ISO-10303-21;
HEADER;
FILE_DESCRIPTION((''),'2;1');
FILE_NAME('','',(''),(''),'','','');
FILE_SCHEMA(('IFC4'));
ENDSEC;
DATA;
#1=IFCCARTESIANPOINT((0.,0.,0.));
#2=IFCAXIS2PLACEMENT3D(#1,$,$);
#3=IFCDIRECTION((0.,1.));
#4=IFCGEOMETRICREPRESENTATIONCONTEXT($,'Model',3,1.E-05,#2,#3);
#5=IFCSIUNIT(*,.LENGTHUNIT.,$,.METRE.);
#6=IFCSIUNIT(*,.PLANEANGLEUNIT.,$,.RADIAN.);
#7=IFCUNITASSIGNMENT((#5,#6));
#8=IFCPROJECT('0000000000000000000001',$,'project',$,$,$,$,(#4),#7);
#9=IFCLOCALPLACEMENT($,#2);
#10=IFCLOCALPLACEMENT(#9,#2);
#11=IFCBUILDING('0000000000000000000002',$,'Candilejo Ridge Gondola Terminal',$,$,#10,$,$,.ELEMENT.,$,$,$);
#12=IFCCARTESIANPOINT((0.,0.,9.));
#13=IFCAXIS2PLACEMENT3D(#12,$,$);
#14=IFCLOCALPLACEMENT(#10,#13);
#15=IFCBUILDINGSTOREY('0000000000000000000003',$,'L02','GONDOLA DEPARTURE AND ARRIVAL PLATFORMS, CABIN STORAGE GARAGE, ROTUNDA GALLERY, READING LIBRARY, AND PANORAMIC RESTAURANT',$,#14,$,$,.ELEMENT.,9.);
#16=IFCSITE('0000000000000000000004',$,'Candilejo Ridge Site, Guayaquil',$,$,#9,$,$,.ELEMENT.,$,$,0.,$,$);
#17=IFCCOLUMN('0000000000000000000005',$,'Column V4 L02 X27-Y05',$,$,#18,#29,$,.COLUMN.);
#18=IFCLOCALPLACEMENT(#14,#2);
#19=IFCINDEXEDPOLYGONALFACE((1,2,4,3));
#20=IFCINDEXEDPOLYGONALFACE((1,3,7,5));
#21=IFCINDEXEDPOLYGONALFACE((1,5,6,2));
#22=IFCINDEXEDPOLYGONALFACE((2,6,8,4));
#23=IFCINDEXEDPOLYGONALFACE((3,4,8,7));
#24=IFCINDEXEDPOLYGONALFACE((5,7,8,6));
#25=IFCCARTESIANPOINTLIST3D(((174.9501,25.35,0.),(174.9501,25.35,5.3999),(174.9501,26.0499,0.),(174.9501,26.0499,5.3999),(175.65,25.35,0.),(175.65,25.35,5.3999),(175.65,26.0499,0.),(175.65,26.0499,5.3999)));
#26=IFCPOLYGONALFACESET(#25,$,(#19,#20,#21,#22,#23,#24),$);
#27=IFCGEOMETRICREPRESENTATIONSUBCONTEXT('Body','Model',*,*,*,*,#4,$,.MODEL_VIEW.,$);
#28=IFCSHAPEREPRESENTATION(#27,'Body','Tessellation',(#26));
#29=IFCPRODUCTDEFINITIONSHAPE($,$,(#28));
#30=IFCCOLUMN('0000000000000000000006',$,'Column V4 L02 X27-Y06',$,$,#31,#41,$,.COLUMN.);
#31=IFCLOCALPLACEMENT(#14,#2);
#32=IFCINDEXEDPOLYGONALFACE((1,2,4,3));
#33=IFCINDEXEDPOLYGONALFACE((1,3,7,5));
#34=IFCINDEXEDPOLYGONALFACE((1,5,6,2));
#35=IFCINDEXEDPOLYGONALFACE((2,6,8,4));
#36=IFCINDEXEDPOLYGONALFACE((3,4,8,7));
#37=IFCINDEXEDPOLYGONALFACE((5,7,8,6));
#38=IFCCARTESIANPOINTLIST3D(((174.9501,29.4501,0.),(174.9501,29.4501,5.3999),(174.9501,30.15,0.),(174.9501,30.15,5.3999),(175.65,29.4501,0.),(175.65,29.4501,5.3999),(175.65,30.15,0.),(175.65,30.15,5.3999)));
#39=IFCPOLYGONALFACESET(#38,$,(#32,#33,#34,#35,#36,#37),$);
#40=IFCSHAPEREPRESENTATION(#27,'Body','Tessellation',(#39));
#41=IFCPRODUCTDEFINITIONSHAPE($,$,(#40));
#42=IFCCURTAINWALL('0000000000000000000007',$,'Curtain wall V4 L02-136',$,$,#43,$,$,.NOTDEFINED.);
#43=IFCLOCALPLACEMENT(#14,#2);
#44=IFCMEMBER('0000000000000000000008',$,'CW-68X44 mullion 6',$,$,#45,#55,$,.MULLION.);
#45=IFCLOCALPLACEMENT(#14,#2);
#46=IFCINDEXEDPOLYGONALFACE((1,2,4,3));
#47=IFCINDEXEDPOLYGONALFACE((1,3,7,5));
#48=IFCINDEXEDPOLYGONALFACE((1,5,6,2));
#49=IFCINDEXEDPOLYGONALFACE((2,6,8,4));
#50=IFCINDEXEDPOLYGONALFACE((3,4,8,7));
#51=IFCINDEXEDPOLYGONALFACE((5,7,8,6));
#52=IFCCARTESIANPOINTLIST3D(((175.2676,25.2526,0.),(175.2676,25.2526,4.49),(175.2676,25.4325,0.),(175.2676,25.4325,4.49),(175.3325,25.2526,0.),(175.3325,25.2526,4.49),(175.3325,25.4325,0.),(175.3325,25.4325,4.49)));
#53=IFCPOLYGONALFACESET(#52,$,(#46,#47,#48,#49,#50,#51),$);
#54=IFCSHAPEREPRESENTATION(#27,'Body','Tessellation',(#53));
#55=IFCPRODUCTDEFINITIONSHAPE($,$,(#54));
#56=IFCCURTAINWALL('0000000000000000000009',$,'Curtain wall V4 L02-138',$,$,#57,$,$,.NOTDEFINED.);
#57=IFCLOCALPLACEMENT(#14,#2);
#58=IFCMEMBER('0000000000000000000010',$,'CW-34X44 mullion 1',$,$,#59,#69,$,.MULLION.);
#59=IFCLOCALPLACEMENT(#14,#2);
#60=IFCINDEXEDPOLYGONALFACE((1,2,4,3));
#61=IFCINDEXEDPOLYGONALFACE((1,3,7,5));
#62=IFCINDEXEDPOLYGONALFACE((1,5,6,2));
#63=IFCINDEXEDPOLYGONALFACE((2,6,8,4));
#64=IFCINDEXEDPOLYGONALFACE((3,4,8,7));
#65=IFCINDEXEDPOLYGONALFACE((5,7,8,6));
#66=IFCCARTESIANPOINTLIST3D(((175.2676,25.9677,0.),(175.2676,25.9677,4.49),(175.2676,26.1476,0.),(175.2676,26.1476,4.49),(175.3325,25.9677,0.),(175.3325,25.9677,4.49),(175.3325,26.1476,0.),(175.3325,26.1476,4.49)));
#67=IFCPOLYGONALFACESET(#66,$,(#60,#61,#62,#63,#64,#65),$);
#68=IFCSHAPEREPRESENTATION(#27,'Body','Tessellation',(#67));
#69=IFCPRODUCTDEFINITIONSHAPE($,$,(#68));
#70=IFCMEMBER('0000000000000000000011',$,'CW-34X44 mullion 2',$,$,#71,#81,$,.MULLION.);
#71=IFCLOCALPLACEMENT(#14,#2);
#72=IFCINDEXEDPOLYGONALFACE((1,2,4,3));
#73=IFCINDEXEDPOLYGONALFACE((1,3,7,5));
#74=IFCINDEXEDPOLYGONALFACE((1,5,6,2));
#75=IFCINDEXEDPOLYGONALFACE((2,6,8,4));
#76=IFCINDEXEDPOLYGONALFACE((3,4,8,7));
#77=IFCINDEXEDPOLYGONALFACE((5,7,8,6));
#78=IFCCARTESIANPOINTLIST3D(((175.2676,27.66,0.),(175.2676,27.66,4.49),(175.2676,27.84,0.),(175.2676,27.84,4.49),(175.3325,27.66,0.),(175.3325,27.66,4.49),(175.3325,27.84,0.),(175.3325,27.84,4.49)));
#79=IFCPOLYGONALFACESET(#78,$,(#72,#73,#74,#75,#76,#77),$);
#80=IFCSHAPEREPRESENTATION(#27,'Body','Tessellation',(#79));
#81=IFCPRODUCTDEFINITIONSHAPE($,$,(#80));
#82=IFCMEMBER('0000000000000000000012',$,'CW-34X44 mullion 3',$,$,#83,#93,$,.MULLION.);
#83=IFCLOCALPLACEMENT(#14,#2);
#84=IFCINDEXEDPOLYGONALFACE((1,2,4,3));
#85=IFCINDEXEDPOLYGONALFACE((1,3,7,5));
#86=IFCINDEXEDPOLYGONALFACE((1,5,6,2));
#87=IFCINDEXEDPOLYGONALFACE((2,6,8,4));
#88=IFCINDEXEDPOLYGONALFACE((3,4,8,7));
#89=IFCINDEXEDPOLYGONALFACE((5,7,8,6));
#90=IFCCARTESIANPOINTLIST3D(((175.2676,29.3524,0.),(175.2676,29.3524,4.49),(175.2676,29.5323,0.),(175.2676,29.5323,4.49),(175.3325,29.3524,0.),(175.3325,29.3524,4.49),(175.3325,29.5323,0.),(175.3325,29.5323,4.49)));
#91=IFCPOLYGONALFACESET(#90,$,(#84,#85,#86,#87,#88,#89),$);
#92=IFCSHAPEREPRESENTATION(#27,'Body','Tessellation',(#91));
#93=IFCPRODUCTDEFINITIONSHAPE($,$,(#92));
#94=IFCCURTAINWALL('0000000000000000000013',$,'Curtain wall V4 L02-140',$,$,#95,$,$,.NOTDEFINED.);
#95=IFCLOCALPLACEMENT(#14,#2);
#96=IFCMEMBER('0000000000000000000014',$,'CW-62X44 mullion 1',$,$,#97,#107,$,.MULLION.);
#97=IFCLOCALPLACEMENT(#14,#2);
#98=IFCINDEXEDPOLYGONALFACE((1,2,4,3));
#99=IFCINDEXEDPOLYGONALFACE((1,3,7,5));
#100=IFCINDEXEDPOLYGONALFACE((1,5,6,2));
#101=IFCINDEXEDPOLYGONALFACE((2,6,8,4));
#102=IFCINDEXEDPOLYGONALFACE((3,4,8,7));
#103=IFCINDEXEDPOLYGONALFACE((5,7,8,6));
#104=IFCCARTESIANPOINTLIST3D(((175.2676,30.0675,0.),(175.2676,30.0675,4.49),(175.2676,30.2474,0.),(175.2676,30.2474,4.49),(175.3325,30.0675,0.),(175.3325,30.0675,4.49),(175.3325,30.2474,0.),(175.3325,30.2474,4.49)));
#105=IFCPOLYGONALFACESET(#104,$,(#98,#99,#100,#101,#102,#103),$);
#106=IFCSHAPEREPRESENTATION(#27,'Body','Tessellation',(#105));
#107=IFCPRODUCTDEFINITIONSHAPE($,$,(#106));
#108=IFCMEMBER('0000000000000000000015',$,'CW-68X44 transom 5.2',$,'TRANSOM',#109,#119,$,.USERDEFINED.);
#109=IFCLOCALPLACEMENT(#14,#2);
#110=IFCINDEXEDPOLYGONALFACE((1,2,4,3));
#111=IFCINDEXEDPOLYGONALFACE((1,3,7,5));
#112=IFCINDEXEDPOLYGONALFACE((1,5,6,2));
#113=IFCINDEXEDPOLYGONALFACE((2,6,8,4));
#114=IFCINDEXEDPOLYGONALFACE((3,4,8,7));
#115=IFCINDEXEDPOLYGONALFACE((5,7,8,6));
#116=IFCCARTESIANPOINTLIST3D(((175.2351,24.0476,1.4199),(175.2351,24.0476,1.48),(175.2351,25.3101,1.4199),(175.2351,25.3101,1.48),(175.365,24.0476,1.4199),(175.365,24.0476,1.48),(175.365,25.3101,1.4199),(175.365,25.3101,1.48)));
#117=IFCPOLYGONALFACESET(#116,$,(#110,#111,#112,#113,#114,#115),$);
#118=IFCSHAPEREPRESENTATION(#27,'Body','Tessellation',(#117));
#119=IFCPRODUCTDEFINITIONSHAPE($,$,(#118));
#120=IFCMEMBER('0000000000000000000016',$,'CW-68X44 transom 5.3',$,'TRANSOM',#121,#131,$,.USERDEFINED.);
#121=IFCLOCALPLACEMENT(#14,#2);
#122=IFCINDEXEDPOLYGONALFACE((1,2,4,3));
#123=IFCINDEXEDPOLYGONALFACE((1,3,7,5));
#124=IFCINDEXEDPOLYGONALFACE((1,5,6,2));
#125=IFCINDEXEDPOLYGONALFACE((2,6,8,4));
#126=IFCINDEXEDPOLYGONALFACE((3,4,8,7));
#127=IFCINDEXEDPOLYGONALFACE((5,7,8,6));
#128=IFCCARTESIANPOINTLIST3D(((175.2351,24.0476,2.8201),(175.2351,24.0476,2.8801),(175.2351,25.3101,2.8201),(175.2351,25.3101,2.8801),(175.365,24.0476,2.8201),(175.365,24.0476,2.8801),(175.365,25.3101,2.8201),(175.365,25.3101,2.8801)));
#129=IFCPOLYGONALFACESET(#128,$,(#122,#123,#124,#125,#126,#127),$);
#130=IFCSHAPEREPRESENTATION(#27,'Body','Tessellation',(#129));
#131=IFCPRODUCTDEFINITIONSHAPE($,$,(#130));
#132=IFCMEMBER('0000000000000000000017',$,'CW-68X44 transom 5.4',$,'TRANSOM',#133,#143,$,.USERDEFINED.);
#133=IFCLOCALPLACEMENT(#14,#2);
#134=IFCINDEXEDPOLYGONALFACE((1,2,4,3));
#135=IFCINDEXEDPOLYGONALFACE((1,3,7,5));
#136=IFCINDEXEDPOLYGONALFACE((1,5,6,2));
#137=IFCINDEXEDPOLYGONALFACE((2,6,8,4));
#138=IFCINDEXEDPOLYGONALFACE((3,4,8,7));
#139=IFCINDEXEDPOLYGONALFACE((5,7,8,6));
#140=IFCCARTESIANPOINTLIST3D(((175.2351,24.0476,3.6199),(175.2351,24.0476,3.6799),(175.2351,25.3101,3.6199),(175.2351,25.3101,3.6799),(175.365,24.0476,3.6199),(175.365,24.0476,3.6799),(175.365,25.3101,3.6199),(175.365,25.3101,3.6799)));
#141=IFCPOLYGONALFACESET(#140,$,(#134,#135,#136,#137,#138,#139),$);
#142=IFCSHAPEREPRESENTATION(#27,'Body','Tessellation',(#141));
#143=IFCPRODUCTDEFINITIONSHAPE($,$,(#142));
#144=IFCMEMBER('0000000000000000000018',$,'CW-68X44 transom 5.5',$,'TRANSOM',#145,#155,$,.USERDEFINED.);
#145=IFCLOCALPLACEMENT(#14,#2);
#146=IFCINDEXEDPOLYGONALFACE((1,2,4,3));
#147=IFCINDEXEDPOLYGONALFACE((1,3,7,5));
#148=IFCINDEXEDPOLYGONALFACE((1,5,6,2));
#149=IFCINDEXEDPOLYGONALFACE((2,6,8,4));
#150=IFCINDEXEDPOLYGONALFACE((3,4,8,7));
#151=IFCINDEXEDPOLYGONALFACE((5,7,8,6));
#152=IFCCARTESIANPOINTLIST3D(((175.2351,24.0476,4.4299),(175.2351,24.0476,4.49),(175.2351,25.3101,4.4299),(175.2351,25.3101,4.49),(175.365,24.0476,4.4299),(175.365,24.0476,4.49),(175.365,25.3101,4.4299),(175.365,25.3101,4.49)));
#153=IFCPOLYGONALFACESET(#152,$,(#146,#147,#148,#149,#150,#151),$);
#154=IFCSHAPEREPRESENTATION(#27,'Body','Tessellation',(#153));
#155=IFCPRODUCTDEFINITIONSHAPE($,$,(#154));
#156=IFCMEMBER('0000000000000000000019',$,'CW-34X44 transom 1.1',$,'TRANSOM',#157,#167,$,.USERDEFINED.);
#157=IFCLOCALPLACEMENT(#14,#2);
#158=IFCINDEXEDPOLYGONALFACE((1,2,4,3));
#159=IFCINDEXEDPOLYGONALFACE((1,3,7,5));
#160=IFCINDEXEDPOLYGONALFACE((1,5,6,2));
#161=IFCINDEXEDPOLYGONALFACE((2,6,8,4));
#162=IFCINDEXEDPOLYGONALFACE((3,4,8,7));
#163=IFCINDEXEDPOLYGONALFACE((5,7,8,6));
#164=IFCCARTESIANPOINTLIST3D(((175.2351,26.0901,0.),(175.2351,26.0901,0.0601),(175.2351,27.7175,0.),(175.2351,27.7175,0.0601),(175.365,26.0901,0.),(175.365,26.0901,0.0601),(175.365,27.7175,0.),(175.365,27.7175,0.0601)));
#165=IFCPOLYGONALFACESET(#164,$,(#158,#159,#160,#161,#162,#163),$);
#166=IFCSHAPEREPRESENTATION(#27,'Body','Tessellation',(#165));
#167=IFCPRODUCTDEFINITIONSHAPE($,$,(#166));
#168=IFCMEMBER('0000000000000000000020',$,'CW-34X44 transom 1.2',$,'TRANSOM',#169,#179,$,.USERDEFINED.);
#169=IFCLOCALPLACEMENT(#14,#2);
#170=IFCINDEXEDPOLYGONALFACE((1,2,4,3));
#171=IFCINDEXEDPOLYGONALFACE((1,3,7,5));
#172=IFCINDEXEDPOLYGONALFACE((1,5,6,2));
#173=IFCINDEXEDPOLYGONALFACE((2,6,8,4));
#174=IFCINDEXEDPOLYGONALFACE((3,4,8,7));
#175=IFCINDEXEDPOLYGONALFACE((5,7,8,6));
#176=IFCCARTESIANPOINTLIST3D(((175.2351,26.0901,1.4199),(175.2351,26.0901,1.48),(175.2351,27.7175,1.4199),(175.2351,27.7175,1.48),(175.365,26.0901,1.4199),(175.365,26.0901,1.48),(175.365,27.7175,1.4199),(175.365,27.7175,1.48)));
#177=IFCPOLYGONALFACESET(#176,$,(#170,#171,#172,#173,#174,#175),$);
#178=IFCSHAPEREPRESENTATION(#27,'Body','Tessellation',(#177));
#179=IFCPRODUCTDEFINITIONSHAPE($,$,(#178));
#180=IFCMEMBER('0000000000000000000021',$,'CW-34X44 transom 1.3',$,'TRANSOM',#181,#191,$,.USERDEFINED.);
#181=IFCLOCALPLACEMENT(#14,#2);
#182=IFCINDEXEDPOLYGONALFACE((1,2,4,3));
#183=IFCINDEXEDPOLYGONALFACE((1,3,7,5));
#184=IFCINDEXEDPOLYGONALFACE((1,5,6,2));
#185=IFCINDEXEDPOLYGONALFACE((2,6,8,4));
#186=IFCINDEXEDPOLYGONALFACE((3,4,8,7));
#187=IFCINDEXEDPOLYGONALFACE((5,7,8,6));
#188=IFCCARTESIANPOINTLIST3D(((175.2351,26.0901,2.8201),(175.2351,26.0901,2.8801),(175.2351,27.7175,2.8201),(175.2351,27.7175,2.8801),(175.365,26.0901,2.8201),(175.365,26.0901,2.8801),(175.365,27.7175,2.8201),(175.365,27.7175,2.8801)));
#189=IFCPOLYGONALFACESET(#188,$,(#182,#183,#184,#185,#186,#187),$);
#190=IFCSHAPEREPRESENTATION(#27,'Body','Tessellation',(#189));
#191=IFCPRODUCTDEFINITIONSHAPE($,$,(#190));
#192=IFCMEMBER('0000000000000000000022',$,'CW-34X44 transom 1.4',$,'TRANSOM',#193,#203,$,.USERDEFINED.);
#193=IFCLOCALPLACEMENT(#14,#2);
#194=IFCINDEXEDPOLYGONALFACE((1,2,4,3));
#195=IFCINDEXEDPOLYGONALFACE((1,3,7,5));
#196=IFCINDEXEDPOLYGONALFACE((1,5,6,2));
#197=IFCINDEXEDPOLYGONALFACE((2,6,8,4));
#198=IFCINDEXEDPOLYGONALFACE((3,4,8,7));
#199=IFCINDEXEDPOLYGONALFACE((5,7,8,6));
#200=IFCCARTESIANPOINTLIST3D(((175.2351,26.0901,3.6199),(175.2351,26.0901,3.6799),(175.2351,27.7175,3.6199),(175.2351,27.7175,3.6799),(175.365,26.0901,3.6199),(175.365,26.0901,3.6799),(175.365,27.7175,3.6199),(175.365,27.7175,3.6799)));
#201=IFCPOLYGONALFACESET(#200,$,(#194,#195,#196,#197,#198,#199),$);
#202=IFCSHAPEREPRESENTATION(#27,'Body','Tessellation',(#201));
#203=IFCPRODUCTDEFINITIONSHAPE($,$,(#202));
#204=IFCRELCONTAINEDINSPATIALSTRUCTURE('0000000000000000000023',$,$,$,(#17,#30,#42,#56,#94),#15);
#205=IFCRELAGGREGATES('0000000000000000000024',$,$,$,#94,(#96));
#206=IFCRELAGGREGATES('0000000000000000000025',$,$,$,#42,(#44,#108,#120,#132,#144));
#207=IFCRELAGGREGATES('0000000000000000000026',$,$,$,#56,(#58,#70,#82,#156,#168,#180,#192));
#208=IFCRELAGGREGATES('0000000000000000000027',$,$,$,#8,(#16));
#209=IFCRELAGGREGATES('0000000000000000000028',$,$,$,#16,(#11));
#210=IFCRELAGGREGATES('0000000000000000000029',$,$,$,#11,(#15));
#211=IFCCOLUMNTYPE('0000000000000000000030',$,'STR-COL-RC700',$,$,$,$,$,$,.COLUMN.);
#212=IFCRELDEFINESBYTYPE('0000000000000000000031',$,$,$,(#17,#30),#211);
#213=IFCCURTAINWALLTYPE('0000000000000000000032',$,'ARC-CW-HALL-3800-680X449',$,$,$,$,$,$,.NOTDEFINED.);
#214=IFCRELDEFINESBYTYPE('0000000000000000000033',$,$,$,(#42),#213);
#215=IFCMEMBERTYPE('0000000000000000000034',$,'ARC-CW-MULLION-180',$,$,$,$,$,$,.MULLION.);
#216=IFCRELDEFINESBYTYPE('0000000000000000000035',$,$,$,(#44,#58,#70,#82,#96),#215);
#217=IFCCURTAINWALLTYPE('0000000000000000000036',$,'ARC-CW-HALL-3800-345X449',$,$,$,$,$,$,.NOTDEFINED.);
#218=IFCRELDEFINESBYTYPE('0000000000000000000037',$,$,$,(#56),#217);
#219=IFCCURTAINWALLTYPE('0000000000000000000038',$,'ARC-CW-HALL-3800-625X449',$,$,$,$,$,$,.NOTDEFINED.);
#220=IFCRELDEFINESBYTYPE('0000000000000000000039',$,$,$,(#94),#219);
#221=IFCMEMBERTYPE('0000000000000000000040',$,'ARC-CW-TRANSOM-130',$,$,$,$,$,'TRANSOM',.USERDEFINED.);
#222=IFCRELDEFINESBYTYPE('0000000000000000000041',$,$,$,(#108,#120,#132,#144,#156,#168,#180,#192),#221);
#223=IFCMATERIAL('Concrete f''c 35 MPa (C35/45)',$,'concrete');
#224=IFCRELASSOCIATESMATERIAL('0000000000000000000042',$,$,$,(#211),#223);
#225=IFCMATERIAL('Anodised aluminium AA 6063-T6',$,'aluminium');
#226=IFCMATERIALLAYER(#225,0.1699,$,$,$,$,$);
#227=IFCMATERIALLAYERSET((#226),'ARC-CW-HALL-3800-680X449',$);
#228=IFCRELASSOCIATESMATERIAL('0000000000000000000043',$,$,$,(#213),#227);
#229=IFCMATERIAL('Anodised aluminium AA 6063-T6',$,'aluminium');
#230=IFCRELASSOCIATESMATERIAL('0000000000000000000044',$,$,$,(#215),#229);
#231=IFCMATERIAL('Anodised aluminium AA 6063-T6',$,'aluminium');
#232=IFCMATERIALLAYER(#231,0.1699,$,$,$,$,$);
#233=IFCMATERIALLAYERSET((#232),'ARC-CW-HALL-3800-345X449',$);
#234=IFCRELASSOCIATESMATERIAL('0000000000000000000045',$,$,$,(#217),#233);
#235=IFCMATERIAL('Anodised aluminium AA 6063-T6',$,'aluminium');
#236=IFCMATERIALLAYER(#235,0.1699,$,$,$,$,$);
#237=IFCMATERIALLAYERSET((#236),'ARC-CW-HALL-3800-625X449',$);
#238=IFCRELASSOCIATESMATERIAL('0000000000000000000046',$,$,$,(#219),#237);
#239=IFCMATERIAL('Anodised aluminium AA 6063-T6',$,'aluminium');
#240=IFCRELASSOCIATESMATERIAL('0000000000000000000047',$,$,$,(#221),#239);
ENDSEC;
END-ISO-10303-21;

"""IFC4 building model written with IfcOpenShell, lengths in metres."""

from ifc_helpers import new_model, si_unit, direction, frame, origin, origin_2d, place, context, subcontext, project, spatial, rectangle, extrude, material, layer, layer_set, material_profile, profile_set, type_object, element, aggregate, save


model = new_model("IFC4")

# Units and contexts
model_context = context("Model", 3, precision=1e-05, world=origin(), true_north=direction((0.0, 1.0)))
body_context = subcontext(model_context, "Body", "Model", "MODEL_VIEW")
ifc_project = project(units=[si_unit("LENGTHUNIT", "METRE"), si_unit("PLANEANGLEUNIT", "RADIAN")], contexts=[model_context])

# Site, building, storey
site_placement = place(None, origin())
site = spatial("IfcSite", under=ifc_project, at=site_placement, Name="Candilejo Ridge Site, Guayaquil", CompositionType="ELEMENT", RefElevation=0.0)
building_placement = place(site_placement, origin())
building = spatial("IfcBuilding", under=site, at=building_placement, Name="Candilejo Ridge Gondola Terminal", CompositionType="ELEMENT")
storey_placement = place(building_placement, frame((0.0, 0.0, 9.0)))
storey = spatial("IfcBuildingStorey", under=building, at=storey_placement, Name="L02", Description="GONDOLA DEPARTURE AND ARRIVAL PLATFORMS, CABIN STORAGE GARAGE, ROTUNDA GALLERY, READING LIBRARY, AND PANORAMIC RESTAURANT", CompositionType="ELEMENT", Elevation=9.0)

# Columns
ifc_material_1 = material(Name="Concrete f'c 35 MPa (C35/45)", Category="concrete")
ifc_material_profile_1 = material_profile(ifc_material_1, rectangle(XDim=0.7, YDim=0.7, at=origin_2d()))
ifc_profile_set_1 = profile_set([ifc_material_profile_1], Name="Concrete f'c 35 MPa (C35/45)")
column_type = type_object("IfcColumnType", Name="STR-COL-RC700", PredefinedType="COLUMN", material=ifc_profile_set_1)
for number, where, z_axis, x_axis, name in (
    (1, (175.3, 25.7, 0.0), (0.0, 0.0, 1.0), (1.0, 0.0, 0.0), "Column V4 L02 X27-Y05"),
    (2, (175.3, 29.8, 0.0), (0.0, 0.0, 1.0), (1.0, 0.0, 0.0), "Column V4 L02 X27-Y06"),
):
    element("IfcColumn", number, at=place(storey_placement, frame(where, z_axis=z_axis, x_axis=x_axis)), inside=storey, type_object=column_type, Name=name, PredefinedType="COLUMN", context=body_context, shape_type="SweptSolid", body=[
        extrude(rectangle(XDim=0.7, YDim=0.7, at=origin_2d()), origin(), (0.0, 0.0, 1.0), 5.3999),
    ])

# Curtain wall, member
ifc_material_2 = material(Name="Anodised aluminium AA 6063-T6", Category="aluminium")
ifc_layer_1 = layer(ifc_material_2, 0.1699)
ifc_layer_set_1 = layer_set([ifc_layer_1], Name="ARC-CW-HALL-3800-680X449")
curtain_wall_type_1 = type_object("IfcCurtainWallType", Name="ARC-CW-HALL-3800-680X449", PredefinedType="NOTDEFINED", material=ifc_layer_set_1)
curtain_wall_1_placement = place(storey_placement, origin())
curtain_wall_1 = element("IfcCurtainWall", 3, at=curtain_wall_1_placement, inside=storey, type_object=curtain_wall_type_1, Name="Curtain wall V4 L02-136", PredefinedType="NOTDEFINED")
ifc_material_3 = material(Name="Anodised aluminium AA 6063-T6", Category="aluminium")
ifc_material_profile_2 = material_profile(ifc_material_3, rectangle(XDim=0.0649, YDim=0.1799, at=origin_2d()))
ifc_profile_set_2 = profile_set([ifc_material_profile_2], Name="Anodised aluminium AA 6063-T6")
member_type_1 = type_object("IfcMemberType", Name="ARC-CW-MULLION-180", PredefinedType="MULLION", material=ifc_profile_set_2)
member_1_placement = place(storey_placement, frame((175.3, 25.3425, 0.0), z_axis=(0.0, 0.0, 1.0), x_axis=(-1.0, 0.0, 0.0)))
member_1 = element("IfcMember", 4, at=member_1_placement, type_object=member_type_1, Name="CW-68X44 mullion 6", PredefinedType="MULLION", context=body_context, shape_type="SweptSolid", body=[
    extrude(rectangle(XDim=0.0649, YDim=0.1799, at=origin_2d()), origin(), (0.0, 0.0, 1.0), 4.49),
])

# Curtain wall, members
ifc_material_4 = material(Name="Anodised aluminium AA 6063-T6", Category="aluminium")
ifc_layer_2 = layer(ifc_material_4, 0.1699)
ifc_layer_set_2 = layer_set([ifc_layer_2], Name="ARC-CW-HALL-3800-345X449")
curtain_wall_type_2 = type_object("IfcCurtainWallType", Name="ARC-CW-HALL-3800-345X449", PredefinedType="NOTDEFINED", material=ifc_layer_set_2)
curtain_wall_2_placement = place(storey_placement, origin())
curtain_wall_2 = element("IfcCurtainWall", 5, at=curtain_wall_2_placement, inside=storey, type_object=curtain_wall_type_2, Name="Curtain wall V4 L02-138", PredefinedType="NOTDEFINED")
member_2_placement = place(storey_placement, frame((175.3, 26.0576, 0.0), z_axis=(0.0, 0.0, 1.0), x_axis=(-1.0, 0.0, 0.0)))
member_2 = element("IfcMember", 6, at=member_2_placement, type_object=member_type_1, Name="CW-34X44 mullion 1", PredefinedType="MULLION", context=body_context, shape_type="SweptSolid", body=[
    extrude(rectangle(XDim=0.0649, YDim=0.1799, at=origin_2d()), origin(), (0.0, 0.0, 1.0), 4.49),
])
member_3_placement = place(storey_placement, frame((175.3, 27.75, 0.0), z_axis=(0.0, 0.0, 1.0), x_axis=(-1.0, 0.0, 0.0)))
member_3 = element("IfcMember", 7, at=member_3_placement, type_object=member_type_1, Name="CW-34X44 mullion 2", PredefinedType="MULLION", context=body_context, shape_type="SweptSolid", body=[
    extrude(rectangle(XDim=0.0649, YDim=0.1799, at=origin_2d()), origin(), (0.0, 0.0, 1.0), 4.49),
])
member_4_placement = place(storey_placement, frame((175.3, 29.4424, 0.0), z_axis=(0.0, 0.0, 1.0), x_axis=(-1.0, 0.0, 0.0)))
member_4 = element("IfcMember", 8, at=member_4_placement, type_object=member_type_1, Name="CW-34X44 mullion 3", PredefinedType="MULLION", context=body_context, shape_type="SweptSolid", body=[
    extrude(rectangle(XDim=0.0649, YDim=0.1799, at=origin_2d()), origin(), (0.0, 0.0, 1.0), 4.49),
])

# Curtain wall, member
ifc_material_5 = material(Name="Anodised aluminium AA 6063-T6", Category="aluminium")
ifc_layer_3 = layer(ifc_material_5, 0.1699)
ifc_layer_set_3 = layer_set([ifc_layer_3], Name="ARC-CW-HALL-3800-625X449")
curtain_wall_type_3 = type_object("IfcCurtainWallType", Name="ARC-CW-HALL-3800-625X449", PredefinedType="NOTDEFINED", material=ifc_layer_set_3)
curtain_wall_3_placement = place(storey_placement, origin())
curtain_wall_3 = element("IfcCurtainWall", 9, at=curtain_wall_3_placement, inside=storey, type_object=curtain_wall_type_3, Name="Curtain wall V4 L02-140", PredefinedType="NOTDEFINED")
member_5_placement = place(storey_placement, frame((175.3, 30.1575, 0.0), z_axis=(0.0, 0.0, 1.0), x_axis=(-1.0, 0.0, 0.0)))
member_5 = element("IfcMember", 10, at=member_5_placement, type_object=member_type_1, Name="CW-62X44 mullion 1", PredefinedType="MULLION", context=body_context, shape_type="SweptSolid", body=[
    extrude(rectangle(XDim=0.0649, YDim=0.1799, at=origin_2d()), origin(), (0.0, 0.0, 1.0), 4.49),
])

# Members
ifc_material_6 = material(Name="Anodised aluminium AA 6063-T6", Category="aluminium")
ifc_material_profile_3 = material_profile(ifc_material_6, rectangle(XDim=0.1299, YDim=0.0601, at=origin_2d()))
ifc_profile_set_3 = profile_set([ifc_material_profile_3], Name="Anodised aluminium AA 6063-T6")
member_type_2 = type_object("IfcMemberType", Name="ARC-CW-TRANSOM-130", ElementType="TRANSOM", PredefinedType="USERDEFINED", material=ifc_profile_set_3)
member_6_placement = place(storey_placement, frame((175.3, 24.0476, 1.45), z_axis=(0.0, 1.0, 0.0), x_axis=(-1.0, 0.0, 0.0)))
member_6 = element("IfcMember", 11, at=member_6_placement, type_object=member_type_2, Name="CW-68X44 transom 5.2", ObjectType="TRANSOM", PredefinedType="USERDEFINED", context=body_context, shape_type="SweptSolid", body=[
    extrude(rectangle(XDim=0.1299, YDim=0.0601, at=origin_2d()), origin(), (0.0, 0.0, 1.0), 1.2625),
])
member_7_placement = place(storey_placement, frame((175.3, 24.0476, 2.8501), z_axis=(0.0, 1.0, 0.0), x_axis=(-1.0, 0.0, 0.0)))
member_7 = element("IfcMember", 12, at=member_7_placement, type_object=member_type_2, Name="CW-68X44 transom 5.3", ObjectType="TRANSOM", PredefinedType="USERDEFINED", context=body_context, shape_type="SweptSolid", body=[
    extrude(rectangle(XDim=0.1299, YDim=0.0601, at=origin_2d()), origin(), (0.0, 0.0, 1.0), 1.2625),
])
member_8_placement = place(storey_placement, frame((175.3, 24.0476, 3.6499), z_axis=(0.0, 1.0, 0.0), x_axis=(-1.0, 0.0, 0.0)))
member_8 = element("IfcMember", 13, at=member_8_placement, type_object=member_type_2, Name="CW-68X44 transom 5.4", ObjectType="TRANSOM", PredefinedType="USERDEFINED", context=body_context, shape_type="SweptSolid", body=[
    extrude(rectangle(XDim=0.1299, YDim=0.0601, at=origin_2d()), origin(), (0.0, 0.0, 1.0), 1.2625),
])
member_9_placement = place(storey_placement, frame((175.3, 24.0476, 4.46), z_axis=(0.0, 1.0, 0.0), x_axis=(-1.0, 0.0, 0.0)))
member_9 = element("IfcMember", 14, at=member_9_placement, type_object=member_type_2, Name="CW-68X44 transom 5.5", ObjectType="TRANSOM", PredefinedType="USERDEFINED", context=body_context, shape_type="SweptSolid", body=[
    extrude(rectangle(XDim=0.1299, YDim=0.0601, at=origin_2d()), origin(), (0.0, 0.0, 1.0), 1.2625),
])
member_10_placement = place(storey_placement, frame((175.3, 26.0901, 0.03), z_axis=(0.0, 1.0, 0.0), x_axis=(-1.0, 0.0, 0.0)))
member_10 = element("IfcMember", 15, at=member_10_placement, type_object=member_type_2, Name="CW-34X44 transom 1.1", ObjectType="TRANSOM", PredefinedType="USERDEFINED", context=body_context, shape_type="SweptSolid", body=[
    extrude(rectangle(XDim=0.1299, YDim=0.0601, at=origin_2d()), origin(), (0.0, 0.0, 1.0), 1.6274),
])
member_11_placement = place(storey_placement, frame((175.3, 26.0901, 1.45), z_axis=(0.0, 1.0, 0.0), x_axis=(-1.0, 0.0, 0.0)))
member_11 = element("IfcMember", 16, at=member_11_placement, type_object=member_type_2, Name="CW-34X44 transom 1.2", ObjectType="TRANSOM", PredefinedType="USERDEFINED", context=body_context, shape_type="SweptSolid", body=[
    extrude(rectangle(XDim=0.1299, YDim=0.0601, at=origin_2d()), origin(), (0.0, 0.0, 1.0), 1.6274),
])
member_12_placement = place(storey_placement, frame((175.3, 26.0901, 2.8501), z_axis=(0.0, 1.0, 0.0), x_axis=(-1.0, 0.0, 0.0)))
member_12 = element("IfcMember", 17, at=member_12_placement, type_object=member_type_2, Name="CW-34X44 transom 1.3", ObjectType="TRANSOM", PredefinedType="USERDEFINED", context=body_context, shape_type="SweptSolid", body=[
    extrude(rectangle(XDim=0.1299, YDim=0.0601, at=origin_2d()), origin(), (0.0, 0.0, 1.0), 1.6274),
])
member_13_placement = place(storey_placement, frame((175.3, 26.0901, 3.6499), z_axis=(0.0, 1.0, 0.0), x_axis=(-1.0, 0.0, 0.0)))
member_13 = element("IfcMember", 18, at=member_13_placement, type_object=member_type_2, Name="CW-34X44 transom 1.4", ObjectType="TRANSOM", PredefinedType="USERDEFINED", context=body_context, shape_type="SweptSolid", body=[
    extrude(rectangle(XDim=0.1299, YDim=0.0601, at=origin_2d()), origin(), (0.0, 0.0, 1.0), 1.6274),
])
aggregate(curtain_wall_3, [member_5])

aggregate(curtain_wall_1, [member_1, member_6, member_7, member_8, member_9])
aggregate(curtain_wall_2, [member_2, member_3, member_4, member_10, member_11, member_12, member_13])

save(model, "model.ifc")
